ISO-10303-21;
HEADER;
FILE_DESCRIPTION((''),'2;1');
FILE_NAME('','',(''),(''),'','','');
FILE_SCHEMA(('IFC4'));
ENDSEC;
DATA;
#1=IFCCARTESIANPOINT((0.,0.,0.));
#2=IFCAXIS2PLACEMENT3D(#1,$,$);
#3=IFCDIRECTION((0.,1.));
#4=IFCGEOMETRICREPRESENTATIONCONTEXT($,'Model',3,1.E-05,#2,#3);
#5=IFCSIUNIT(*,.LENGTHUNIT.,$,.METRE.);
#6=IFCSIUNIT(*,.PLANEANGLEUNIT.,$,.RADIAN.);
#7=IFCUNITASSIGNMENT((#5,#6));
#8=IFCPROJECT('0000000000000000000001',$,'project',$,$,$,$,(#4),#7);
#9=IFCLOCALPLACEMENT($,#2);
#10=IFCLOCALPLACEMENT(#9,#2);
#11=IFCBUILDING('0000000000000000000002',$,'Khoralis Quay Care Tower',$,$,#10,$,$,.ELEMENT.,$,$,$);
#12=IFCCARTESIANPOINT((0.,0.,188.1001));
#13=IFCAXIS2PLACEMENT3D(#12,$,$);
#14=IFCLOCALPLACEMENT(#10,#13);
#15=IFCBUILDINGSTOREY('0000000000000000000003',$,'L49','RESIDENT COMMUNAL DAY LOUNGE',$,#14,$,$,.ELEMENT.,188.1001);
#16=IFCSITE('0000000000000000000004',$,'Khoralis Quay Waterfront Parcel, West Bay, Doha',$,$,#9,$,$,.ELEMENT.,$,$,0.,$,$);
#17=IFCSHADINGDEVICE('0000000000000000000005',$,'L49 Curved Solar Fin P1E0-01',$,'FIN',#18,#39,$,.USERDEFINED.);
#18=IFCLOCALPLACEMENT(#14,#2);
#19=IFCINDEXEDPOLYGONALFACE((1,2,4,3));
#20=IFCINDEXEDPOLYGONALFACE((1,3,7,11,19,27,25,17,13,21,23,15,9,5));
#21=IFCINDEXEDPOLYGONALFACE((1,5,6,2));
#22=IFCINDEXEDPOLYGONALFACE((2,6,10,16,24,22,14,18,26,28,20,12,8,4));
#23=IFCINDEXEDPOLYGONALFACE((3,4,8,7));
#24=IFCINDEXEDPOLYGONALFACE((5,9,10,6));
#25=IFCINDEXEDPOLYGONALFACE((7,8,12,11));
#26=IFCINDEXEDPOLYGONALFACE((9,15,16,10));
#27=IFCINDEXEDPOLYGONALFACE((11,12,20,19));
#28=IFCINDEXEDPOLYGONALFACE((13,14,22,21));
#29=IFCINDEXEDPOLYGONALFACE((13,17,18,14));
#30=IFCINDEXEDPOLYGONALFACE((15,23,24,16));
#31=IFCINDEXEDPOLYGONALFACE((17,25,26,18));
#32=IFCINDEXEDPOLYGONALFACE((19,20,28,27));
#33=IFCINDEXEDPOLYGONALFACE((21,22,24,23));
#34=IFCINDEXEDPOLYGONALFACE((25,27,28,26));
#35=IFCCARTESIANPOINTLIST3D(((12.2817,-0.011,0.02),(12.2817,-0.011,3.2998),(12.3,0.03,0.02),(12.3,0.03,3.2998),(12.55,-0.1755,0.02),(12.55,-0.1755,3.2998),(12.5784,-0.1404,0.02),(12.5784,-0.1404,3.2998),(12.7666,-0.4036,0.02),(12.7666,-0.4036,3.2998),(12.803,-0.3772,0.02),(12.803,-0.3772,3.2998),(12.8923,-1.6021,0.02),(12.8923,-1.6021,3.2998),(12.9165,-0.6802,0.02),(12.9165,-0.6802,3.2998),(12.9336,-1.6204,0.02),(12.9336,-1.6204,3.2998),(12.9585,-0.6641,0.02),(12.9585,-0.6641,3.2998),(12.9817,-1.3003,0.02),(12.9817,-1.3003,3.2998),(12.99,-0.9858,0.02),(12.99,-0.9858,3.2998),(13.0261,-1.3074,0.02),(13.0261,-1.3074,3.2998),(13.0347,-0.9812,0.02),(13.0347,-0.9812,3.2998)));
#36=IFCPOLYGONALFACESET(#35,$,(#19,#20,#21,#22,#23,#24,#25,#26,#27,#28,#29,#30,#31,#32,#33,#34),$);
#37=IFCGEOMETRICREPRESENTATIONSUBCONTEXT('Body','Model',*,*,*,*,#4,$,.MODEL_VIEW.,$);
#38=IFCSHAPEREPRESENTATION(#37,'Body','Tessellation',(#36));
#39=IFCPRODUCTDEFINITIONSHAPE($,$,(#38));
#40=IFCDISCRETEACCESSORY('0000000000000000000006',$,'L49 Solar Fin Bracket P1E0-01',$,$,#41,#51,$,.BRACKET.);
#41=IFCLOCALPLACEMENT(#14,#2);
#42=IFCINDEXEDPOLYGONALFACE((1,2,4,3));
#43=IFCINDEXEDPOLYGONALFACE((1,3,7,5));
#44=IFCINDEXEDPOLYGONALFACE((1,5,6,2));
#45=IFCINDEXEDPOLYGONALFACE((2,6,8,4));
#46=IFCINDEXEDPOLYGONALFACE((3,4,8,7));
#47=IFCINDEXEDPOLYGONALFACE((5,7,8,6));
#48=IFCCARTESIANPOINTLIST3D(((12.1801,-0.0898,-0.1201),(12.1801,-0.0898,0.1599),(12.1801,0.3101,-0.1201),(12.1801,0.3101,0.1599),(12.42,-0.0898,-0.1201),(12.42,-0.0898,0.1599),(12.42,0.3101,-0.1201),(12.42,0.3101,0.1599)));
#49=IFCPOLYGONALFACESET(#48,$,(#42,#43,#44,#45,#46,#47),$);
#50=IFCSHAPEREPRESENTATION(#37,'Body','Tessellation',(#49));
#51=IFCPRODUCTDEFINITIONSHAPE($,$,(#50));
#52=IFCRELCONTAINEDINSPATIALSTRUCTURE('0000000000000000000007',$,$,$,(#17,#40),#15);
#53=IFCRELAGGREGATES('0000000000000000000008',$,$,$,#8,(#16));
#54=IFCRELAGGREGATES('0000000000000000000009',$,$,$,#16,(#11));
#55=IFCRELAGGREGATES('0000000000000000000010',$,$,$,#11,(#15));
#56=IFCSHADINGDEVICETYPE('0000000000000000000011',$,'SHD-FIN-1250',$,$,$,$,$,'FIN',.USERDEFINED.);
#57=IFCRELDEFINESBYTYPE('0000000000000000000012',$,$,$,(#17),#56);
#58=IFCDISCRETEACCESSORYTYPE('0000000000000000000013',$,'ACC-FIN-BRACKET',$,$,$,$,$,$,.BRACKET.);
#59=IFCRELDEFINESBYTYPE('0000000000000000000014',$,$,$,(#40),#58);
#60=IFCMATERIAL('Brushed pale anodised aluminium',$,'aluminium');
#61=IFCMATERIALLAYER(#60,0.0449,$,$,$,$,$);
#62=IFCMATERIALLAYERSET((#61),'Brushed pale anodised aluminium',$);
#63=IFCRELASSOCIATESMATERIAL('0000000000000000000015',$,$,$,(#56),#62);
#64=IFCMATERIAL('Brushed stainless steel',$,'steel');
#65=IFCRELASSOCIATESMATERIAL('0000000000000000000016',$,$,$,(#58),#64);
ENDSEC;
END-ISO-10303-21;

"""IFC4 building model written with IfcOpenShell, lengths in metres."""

from ifc_helpers import new_model, si_unit, direction, frame, origin, origin_2d, place, context, subcontext, project, spatial, polyline, rectangle, outline, extrude, source, transform, mapped, material, layer, layer_set, type_object, element, save


model = new_model("IFC4")

# Units and contexts
model_context = context("Model", 3, precision=1e-05, world=origin(), true_north=direction((0.0, 1.0)))
body_context = subcontext(model_context, "Body", "Model", "MODEL_VIEW")
ifc_project = project(units=[si_unit("LENGTHUNIT", "METRE"), si_unit("PLANEANGLEUNIT", "RADIAN")], contexts=[model_context])

# Site, building, storey
site_placement = place(None, origin())
site = spatial("IfcSite", under=ifc_project, at=site_placement, Name="Khoralis Quay Waterfront Parcel, West Bay, Doha", CompositionType="ELEMENT", RefElevation=0.0)
building_placement = place(site_placement, origin())
building = spatial("IfcBuilding", under=site, at=building_placement, Name="Khoralis Quay Care Tower", CompositionType="ELEMENT")
storey_placement = place(building_placement, frame((0.0, 0.0, 188.1001)))
storey = spatial("IfcBuildingStorey", under=building, at=storey_placement, Name="L49", Description="RESIDENT COMMUNAL DAY LOUNGE", CompositionType="ELEMENT", Elevation=188.1001)

# Shading device
ifc_material_1 = material(Name="Brushed pale anodised aluminium", Category="aluminium")
ifc_layer_1 = layer(ifc_material_1, 0.0449)
ifc_layer_set_1 = layer_set([ifc_layer_1], Name="Brushed pale anodised aluminium")
shading_device_type = type_object("IfcShadingDeviceType", Name="SHD-FIN-1250", ElementType="FIN", PredefinedType="USERDEFINED", material=ifc_layer_set_1)
shared_shape_1 = source(origin(), body_context, "Body", "SweptSolid", [
    extrude(outline(polyline([(0.0, 0.0), (0.1704, 0.2783), (0.4072, 0.5029), (0.6941, 0.6584), (1.0112, 0.7346), (1.3374, 0.7261), (1.6504, 0.6335), (1.6321, 0.5923), (1.3303, 0.6816), (1.0159, 0.6899), (0.7102, 0.6165), (0.4336, 0.4666), (0.2056, 0.25), (0.041, -0.0183), (0.0, 0.0)])), origin(), (0.0, 0.0, 1.0), 3.2798),
])
shading_device_placement = place(storey_placement, frame((12.3, 0.03, 0.02), z_axis=(0.0, 0.0, 1.0), x_axis=(0.0, -1.0, 0.0)))
element("IfcShadingDevice", 1, at=shading_device_placement, inside=storey, type_object=shading_device_type, Name="L49 Curved Solar Fin P1E0-01", ObjectType="FIN", PredefinedType="USERDEFINED", context=body_context, shape_type="MappedRepresentation", body=[
    mapped(shared_shape_1, transform((0.0, 0.0, 0.0), scale=1.0)),
])

# Discrete accessory
ifc_material_2 = material(Name="Brushed stainless steel", Category="steel")
discrete_accessory_type = type_object("IfcDiscreteAccessoryType", Name="ACC-FIN-BRACKET", PredefinedType="BRACKET", material=ifc_material_2)
shared_shape_2 = source(origin(), body_context, "Body", "SweptSolid", [
    extrude(rectangle(XDim=0.3999, YDim=0.24, at=origin_2d()), origin(), (0.0, 0.0, 1.0), 0.28),
])
discrete_accessory_placement = place(storey_placement, frame((12.3, 0.1101, -0.1201), z_axis=(0.0, 0.0, 1.0), x_axis=(0.0, -1.0, 0.0)))
element("IfcDiscreteAccessory", 2, at=discrete_accessory_placement, inside=storey, type_object=discrete_accessory_type, Name="L49 Solar Fin Bracket P1E0-01", PredefinedType="BRACKET", context=body_context, shape_type="MappedRepresentation", body=[
    mapped(shared_shape_2, transform((0.0, 0.0, 0.0), scale=1.0)),
])

save(model, "model.ifc")
